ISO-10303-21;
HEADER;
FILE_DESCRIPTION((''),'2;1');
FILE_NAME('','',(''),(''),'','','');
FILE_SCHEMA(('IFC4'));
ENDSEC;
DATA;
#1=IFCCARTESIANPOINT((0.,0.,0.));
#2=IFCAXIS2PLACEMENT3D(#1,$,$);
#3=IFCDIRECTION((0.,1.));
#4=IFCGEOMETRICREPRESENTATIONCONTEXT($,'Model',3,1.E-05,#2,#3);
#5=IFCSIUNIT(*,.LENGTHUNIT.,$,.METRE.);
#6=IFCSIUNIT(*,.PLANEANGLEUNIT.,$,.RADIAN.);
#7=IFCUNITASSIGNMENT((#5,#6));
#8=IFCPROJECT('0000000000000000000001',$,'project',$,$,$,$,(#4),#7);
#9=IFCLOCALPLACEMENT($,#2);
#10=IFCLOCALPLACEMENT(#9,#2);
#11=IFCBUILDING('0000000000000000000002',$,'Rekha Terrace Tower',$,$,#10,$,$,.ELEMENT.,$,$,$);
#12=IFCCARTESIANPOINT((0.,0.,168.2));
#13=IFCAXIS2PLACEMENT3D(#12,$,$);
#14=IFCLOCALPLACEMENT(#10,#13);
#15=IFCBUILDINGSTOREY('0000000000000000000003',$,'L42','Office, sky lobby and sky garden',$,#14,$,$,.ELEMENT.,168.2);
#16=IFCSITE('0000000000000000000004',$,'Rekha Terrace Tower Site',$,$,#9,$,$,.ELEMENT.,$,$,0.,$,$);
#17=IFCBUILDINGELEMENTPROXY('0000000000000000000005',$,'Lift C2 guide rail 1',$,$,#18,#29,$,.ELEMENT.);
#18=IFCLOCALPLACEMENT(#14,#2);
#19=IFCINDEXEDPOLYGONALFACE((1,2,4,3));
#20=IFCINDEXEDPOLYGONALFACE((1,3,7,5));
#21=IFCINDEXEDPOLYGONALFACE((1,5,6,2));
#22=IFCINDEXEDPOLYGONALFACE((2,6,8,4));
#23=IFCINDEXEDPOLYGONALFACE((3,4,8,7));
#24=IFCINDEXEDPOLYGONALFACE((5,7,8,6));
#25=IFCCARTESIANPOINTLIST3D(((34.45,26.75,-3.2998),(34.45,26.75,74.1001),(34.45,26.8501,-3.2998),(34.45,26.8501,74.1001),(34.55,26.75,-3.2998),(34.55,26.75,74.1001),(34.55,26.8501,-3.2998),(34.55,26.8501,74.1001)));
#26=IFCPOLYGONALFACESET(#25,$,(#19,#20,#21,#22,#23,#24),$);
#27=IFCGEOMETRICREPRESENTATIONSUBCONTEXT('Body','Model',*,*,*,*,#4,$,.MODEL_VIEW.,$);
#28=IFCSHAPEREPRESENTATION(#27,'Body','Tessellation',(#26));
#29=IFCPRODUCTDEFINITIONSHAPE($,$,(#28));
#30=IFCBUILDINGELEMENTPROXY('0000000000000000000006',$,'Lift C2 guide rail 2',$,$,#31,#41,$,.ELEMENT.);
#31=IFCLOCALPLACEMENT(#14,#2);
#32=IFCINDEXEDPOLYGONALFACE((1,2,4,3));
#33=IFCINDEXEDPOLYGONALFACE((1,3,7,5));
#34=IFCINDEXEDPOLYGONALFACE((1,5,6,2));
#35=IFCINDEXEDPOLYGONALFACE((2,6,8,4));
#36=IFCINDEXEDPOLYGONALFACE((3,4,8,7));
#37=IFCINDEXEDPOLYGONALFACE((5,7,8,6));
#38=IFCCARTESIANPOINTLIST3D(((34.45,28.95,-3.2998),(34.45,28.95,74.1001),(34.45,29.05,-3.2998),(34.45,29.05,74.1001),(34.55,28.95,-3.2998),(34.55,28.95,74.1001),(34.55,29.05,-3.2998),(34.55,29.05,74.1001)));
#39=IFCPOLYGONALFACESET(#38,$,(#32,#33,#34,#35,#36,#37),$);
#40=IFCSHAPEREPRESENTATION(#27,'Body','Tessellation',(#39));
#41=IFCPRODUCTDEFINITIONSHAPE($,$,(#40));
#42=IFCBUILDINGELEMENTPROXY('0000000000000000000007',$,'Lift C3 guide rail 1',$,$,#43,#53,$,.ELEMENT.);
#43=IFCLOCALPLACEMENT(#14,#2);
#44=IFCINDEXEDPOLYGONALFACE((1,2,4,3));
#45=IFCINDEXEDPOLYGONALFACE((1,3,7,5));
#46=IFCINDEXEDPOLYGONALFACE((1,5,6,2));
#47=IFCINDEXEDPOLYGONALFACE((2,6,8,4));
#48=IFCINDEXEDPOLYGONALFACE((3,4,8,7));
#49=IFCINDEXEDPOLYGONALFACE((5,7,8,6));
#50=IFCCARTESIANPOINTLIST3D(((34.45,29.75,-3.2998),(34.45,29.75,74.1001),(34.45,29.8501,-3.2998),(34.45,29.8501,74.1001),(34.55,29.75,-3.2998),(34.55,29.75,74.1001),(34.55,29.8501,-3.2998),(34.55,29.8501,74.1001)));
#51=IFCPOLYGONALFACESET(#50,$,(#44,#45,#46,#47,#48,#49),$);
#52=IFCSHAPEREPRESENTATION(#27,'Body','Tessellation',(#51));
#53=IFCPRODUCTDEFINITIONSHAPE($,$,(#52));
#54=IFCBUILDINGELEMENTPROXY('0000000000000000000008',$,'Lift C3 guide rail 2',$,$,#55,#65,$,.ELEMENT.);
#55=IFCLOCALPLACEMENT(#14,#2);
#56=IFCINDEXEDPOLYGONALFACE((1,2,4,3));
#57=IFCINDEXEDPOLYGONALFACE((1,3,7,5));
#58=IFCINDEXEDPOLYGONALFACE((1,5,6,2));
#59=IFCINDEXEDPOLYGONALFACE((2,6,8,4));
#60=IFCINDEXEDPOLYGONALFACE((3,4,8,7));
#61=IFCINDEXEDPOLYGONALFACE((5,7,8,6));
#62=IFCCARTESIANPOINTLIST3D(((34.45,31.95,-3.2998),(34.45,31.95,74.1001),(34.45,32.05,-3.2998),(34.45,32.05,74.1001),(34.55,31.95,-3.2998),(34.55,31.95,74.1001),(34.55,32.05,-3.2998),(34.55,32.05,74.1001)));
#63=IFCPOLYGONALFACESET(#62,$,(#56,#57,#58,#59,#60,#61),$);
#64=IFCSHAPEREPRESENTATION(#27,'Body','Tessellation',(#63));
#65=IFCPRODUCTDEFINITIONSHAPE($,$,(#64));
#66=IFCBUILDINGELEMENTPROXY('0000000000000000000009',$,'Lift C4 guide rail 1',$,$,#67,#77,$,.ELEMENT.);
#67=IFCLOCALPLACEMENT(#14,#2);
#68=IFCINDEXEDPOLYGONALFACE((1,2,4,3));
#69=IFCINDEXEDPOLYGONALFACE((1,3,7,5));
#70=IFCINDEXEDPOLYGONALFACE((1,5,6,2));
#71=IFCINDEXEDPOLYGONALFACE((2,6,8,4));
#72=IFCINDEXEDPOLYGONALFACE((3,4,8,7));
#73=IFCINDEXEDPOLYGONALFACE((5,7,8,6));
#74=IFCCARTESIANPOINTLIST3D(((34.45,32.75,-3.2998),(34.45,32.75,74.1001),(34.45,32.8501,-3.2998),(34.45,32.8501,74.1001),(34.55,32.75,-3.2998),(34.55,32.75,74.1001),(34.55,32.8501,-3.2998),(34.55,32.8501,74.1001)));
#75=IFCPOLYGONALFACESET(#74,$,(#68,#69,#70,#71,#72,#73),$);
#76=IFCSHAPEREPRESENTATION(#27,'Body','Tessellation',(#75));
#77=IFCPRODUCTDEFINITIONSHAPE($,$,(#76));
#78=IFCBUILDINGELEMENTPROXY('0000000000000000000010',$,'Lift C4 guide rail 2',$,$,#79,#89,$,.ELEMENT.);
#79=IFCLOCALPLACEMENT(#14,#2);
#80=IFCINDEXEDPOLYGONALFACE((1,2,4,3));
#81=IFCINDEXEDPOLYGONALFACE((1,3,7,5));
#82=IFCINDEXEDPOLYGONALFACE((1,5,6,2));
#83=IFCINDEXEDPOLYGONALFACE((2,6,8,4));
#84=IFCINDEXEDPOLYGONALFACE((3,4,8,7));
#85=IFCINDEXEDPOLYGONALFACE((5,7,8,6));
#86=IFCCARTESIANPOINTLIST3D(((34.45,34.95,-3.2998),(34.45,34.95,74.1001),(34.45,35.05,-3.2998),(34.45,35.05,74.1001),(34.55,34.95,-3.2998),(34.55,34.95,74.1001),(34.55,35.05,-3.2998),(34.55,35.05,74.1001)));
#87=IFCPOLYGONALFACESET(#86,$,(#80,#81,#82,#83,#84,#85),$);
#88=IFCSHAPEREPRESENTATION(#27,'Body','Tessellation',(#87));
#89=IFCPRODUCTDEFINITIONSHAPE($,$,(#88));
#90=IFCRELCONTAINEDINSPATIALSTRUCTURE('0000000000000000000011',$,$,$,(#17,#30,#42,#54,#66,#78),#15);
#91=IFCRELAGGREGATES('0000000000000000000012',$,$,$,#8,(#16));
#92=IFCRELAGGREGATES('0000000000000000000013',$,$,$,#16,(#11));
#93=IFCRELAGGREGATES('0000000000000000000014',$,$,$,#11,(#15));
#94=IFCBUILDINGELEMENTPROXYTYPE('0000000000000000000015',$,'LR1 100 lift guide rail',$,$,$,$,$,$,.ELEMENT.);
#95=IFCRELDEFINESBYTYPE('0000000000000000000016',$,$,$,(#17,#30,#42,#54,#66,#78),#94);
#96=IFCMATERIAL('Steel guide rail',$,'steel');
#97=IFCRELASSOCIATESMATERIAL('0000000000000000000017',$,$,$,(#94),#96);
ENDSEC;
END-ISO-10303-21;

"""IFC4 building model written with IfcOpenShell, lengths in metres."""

from ifc_helpers import new_model, si_unit, direction, frame, origin, origin_2d, place, context, subcontext, project, spatial, rectangle, extrude, material, type_object, element, save


model = new_model("IFC4")

# Units and contexts
model_context = context("Model", 3, precision=1e-05, world=origin(), true_north=direction((0.0, 1.0)))
body_context = subcontext(model_context, "Body", "Model", "MODEL_VIEW")
ifc_project = project(units=[si_unit("LENGTHUNIT", "METRE"), si_unit("PLANEANGLEUNIT", "RADIAN")], contexts=[model_context])

# Site, building, storey
site_placement = place(None, origin())
site = spatial("IfcSite", under=ifc_project, at=site_placement, Name="Rekha Terrace Tower Site", CompositionType="ELEMENT", RefElevation=0.0)
building_placement = place(site_placement, origin())
building = spatial("IfcBuilding", under=site, at=building_placement, Name="Rekha Terrace Tower", CompositionType="ELEMENT")
storey_placement = place(building_placement, frame((0.0, 0.0, 168.2)))
storey = spatial("IfcBuildingStorey", under=building, at=storey_placement, Name="L42", Description="Office, sky lobby and sky garden", CompositionType="ELEMENT", Elevation=168.2)

# Building element proxies
ifc_material_1 = material(Name="Steel guide rail", Category="steel")
building_element_proxy_type = type_object("IfcBuildingElementProxyType", Name="LR1 100 lift guide rail", PredefinedType="ELEMENT", material=ifc_material_1)
for number, where, z_axis, x_axis, name in (
    (1, (34.5, 26.8, -3.2998), (0.0, 0.0, 1.0), (1.0, 0.0, 0.0), "Lift C2 guide rail 1"),
    (2, (34.5, 29.0, -3.2998), (0.0, 0.0, 1.0), (1.0, 0.0, 0.0), "Lift C2 guide rail 2"),
    (3, (34.5, 29.8, -3.2998), (0.0, 0.0, 1.0), (1.0, 0.0, 0.0), "Lift C3 guide rail 1"),
    (4, (34.5, 32.0, -3.2998), (0.0, 0.0, 1.0), (1.0, 0.0, 0.0), "Lift C3 guide rail 2"),
    (5, (34.5, 32.8, -3.2998), (0.0, 0.0, 1.0), (1.0, 0.0, 0.0), "Lift C4 guide rail 1"),
    (6, (34.5, 35.0, -3.2998), (0.0, 0.0, 1.0), (1.0, 0.0, 0.0), "Lift C4 guide rail 2"),
):
    element("IfcBuildingElementProxy", number, at=place(storey_placement, frame(where, z_axis=z_axis, x_axis=x_axis)), inside=storey, type_object=building_element_proxy_type, Name=name, PredefinedType="ELEMENT", context=body_context, shape_type="SweptSolid", body=[
        extrude(rectangle(XDim=0.1001, YDim=0.1001, at=origin_2d()), origin(), (0.0, 0.0, 1.0), 77.3999),
    ])

save(model, "model.ifc")
